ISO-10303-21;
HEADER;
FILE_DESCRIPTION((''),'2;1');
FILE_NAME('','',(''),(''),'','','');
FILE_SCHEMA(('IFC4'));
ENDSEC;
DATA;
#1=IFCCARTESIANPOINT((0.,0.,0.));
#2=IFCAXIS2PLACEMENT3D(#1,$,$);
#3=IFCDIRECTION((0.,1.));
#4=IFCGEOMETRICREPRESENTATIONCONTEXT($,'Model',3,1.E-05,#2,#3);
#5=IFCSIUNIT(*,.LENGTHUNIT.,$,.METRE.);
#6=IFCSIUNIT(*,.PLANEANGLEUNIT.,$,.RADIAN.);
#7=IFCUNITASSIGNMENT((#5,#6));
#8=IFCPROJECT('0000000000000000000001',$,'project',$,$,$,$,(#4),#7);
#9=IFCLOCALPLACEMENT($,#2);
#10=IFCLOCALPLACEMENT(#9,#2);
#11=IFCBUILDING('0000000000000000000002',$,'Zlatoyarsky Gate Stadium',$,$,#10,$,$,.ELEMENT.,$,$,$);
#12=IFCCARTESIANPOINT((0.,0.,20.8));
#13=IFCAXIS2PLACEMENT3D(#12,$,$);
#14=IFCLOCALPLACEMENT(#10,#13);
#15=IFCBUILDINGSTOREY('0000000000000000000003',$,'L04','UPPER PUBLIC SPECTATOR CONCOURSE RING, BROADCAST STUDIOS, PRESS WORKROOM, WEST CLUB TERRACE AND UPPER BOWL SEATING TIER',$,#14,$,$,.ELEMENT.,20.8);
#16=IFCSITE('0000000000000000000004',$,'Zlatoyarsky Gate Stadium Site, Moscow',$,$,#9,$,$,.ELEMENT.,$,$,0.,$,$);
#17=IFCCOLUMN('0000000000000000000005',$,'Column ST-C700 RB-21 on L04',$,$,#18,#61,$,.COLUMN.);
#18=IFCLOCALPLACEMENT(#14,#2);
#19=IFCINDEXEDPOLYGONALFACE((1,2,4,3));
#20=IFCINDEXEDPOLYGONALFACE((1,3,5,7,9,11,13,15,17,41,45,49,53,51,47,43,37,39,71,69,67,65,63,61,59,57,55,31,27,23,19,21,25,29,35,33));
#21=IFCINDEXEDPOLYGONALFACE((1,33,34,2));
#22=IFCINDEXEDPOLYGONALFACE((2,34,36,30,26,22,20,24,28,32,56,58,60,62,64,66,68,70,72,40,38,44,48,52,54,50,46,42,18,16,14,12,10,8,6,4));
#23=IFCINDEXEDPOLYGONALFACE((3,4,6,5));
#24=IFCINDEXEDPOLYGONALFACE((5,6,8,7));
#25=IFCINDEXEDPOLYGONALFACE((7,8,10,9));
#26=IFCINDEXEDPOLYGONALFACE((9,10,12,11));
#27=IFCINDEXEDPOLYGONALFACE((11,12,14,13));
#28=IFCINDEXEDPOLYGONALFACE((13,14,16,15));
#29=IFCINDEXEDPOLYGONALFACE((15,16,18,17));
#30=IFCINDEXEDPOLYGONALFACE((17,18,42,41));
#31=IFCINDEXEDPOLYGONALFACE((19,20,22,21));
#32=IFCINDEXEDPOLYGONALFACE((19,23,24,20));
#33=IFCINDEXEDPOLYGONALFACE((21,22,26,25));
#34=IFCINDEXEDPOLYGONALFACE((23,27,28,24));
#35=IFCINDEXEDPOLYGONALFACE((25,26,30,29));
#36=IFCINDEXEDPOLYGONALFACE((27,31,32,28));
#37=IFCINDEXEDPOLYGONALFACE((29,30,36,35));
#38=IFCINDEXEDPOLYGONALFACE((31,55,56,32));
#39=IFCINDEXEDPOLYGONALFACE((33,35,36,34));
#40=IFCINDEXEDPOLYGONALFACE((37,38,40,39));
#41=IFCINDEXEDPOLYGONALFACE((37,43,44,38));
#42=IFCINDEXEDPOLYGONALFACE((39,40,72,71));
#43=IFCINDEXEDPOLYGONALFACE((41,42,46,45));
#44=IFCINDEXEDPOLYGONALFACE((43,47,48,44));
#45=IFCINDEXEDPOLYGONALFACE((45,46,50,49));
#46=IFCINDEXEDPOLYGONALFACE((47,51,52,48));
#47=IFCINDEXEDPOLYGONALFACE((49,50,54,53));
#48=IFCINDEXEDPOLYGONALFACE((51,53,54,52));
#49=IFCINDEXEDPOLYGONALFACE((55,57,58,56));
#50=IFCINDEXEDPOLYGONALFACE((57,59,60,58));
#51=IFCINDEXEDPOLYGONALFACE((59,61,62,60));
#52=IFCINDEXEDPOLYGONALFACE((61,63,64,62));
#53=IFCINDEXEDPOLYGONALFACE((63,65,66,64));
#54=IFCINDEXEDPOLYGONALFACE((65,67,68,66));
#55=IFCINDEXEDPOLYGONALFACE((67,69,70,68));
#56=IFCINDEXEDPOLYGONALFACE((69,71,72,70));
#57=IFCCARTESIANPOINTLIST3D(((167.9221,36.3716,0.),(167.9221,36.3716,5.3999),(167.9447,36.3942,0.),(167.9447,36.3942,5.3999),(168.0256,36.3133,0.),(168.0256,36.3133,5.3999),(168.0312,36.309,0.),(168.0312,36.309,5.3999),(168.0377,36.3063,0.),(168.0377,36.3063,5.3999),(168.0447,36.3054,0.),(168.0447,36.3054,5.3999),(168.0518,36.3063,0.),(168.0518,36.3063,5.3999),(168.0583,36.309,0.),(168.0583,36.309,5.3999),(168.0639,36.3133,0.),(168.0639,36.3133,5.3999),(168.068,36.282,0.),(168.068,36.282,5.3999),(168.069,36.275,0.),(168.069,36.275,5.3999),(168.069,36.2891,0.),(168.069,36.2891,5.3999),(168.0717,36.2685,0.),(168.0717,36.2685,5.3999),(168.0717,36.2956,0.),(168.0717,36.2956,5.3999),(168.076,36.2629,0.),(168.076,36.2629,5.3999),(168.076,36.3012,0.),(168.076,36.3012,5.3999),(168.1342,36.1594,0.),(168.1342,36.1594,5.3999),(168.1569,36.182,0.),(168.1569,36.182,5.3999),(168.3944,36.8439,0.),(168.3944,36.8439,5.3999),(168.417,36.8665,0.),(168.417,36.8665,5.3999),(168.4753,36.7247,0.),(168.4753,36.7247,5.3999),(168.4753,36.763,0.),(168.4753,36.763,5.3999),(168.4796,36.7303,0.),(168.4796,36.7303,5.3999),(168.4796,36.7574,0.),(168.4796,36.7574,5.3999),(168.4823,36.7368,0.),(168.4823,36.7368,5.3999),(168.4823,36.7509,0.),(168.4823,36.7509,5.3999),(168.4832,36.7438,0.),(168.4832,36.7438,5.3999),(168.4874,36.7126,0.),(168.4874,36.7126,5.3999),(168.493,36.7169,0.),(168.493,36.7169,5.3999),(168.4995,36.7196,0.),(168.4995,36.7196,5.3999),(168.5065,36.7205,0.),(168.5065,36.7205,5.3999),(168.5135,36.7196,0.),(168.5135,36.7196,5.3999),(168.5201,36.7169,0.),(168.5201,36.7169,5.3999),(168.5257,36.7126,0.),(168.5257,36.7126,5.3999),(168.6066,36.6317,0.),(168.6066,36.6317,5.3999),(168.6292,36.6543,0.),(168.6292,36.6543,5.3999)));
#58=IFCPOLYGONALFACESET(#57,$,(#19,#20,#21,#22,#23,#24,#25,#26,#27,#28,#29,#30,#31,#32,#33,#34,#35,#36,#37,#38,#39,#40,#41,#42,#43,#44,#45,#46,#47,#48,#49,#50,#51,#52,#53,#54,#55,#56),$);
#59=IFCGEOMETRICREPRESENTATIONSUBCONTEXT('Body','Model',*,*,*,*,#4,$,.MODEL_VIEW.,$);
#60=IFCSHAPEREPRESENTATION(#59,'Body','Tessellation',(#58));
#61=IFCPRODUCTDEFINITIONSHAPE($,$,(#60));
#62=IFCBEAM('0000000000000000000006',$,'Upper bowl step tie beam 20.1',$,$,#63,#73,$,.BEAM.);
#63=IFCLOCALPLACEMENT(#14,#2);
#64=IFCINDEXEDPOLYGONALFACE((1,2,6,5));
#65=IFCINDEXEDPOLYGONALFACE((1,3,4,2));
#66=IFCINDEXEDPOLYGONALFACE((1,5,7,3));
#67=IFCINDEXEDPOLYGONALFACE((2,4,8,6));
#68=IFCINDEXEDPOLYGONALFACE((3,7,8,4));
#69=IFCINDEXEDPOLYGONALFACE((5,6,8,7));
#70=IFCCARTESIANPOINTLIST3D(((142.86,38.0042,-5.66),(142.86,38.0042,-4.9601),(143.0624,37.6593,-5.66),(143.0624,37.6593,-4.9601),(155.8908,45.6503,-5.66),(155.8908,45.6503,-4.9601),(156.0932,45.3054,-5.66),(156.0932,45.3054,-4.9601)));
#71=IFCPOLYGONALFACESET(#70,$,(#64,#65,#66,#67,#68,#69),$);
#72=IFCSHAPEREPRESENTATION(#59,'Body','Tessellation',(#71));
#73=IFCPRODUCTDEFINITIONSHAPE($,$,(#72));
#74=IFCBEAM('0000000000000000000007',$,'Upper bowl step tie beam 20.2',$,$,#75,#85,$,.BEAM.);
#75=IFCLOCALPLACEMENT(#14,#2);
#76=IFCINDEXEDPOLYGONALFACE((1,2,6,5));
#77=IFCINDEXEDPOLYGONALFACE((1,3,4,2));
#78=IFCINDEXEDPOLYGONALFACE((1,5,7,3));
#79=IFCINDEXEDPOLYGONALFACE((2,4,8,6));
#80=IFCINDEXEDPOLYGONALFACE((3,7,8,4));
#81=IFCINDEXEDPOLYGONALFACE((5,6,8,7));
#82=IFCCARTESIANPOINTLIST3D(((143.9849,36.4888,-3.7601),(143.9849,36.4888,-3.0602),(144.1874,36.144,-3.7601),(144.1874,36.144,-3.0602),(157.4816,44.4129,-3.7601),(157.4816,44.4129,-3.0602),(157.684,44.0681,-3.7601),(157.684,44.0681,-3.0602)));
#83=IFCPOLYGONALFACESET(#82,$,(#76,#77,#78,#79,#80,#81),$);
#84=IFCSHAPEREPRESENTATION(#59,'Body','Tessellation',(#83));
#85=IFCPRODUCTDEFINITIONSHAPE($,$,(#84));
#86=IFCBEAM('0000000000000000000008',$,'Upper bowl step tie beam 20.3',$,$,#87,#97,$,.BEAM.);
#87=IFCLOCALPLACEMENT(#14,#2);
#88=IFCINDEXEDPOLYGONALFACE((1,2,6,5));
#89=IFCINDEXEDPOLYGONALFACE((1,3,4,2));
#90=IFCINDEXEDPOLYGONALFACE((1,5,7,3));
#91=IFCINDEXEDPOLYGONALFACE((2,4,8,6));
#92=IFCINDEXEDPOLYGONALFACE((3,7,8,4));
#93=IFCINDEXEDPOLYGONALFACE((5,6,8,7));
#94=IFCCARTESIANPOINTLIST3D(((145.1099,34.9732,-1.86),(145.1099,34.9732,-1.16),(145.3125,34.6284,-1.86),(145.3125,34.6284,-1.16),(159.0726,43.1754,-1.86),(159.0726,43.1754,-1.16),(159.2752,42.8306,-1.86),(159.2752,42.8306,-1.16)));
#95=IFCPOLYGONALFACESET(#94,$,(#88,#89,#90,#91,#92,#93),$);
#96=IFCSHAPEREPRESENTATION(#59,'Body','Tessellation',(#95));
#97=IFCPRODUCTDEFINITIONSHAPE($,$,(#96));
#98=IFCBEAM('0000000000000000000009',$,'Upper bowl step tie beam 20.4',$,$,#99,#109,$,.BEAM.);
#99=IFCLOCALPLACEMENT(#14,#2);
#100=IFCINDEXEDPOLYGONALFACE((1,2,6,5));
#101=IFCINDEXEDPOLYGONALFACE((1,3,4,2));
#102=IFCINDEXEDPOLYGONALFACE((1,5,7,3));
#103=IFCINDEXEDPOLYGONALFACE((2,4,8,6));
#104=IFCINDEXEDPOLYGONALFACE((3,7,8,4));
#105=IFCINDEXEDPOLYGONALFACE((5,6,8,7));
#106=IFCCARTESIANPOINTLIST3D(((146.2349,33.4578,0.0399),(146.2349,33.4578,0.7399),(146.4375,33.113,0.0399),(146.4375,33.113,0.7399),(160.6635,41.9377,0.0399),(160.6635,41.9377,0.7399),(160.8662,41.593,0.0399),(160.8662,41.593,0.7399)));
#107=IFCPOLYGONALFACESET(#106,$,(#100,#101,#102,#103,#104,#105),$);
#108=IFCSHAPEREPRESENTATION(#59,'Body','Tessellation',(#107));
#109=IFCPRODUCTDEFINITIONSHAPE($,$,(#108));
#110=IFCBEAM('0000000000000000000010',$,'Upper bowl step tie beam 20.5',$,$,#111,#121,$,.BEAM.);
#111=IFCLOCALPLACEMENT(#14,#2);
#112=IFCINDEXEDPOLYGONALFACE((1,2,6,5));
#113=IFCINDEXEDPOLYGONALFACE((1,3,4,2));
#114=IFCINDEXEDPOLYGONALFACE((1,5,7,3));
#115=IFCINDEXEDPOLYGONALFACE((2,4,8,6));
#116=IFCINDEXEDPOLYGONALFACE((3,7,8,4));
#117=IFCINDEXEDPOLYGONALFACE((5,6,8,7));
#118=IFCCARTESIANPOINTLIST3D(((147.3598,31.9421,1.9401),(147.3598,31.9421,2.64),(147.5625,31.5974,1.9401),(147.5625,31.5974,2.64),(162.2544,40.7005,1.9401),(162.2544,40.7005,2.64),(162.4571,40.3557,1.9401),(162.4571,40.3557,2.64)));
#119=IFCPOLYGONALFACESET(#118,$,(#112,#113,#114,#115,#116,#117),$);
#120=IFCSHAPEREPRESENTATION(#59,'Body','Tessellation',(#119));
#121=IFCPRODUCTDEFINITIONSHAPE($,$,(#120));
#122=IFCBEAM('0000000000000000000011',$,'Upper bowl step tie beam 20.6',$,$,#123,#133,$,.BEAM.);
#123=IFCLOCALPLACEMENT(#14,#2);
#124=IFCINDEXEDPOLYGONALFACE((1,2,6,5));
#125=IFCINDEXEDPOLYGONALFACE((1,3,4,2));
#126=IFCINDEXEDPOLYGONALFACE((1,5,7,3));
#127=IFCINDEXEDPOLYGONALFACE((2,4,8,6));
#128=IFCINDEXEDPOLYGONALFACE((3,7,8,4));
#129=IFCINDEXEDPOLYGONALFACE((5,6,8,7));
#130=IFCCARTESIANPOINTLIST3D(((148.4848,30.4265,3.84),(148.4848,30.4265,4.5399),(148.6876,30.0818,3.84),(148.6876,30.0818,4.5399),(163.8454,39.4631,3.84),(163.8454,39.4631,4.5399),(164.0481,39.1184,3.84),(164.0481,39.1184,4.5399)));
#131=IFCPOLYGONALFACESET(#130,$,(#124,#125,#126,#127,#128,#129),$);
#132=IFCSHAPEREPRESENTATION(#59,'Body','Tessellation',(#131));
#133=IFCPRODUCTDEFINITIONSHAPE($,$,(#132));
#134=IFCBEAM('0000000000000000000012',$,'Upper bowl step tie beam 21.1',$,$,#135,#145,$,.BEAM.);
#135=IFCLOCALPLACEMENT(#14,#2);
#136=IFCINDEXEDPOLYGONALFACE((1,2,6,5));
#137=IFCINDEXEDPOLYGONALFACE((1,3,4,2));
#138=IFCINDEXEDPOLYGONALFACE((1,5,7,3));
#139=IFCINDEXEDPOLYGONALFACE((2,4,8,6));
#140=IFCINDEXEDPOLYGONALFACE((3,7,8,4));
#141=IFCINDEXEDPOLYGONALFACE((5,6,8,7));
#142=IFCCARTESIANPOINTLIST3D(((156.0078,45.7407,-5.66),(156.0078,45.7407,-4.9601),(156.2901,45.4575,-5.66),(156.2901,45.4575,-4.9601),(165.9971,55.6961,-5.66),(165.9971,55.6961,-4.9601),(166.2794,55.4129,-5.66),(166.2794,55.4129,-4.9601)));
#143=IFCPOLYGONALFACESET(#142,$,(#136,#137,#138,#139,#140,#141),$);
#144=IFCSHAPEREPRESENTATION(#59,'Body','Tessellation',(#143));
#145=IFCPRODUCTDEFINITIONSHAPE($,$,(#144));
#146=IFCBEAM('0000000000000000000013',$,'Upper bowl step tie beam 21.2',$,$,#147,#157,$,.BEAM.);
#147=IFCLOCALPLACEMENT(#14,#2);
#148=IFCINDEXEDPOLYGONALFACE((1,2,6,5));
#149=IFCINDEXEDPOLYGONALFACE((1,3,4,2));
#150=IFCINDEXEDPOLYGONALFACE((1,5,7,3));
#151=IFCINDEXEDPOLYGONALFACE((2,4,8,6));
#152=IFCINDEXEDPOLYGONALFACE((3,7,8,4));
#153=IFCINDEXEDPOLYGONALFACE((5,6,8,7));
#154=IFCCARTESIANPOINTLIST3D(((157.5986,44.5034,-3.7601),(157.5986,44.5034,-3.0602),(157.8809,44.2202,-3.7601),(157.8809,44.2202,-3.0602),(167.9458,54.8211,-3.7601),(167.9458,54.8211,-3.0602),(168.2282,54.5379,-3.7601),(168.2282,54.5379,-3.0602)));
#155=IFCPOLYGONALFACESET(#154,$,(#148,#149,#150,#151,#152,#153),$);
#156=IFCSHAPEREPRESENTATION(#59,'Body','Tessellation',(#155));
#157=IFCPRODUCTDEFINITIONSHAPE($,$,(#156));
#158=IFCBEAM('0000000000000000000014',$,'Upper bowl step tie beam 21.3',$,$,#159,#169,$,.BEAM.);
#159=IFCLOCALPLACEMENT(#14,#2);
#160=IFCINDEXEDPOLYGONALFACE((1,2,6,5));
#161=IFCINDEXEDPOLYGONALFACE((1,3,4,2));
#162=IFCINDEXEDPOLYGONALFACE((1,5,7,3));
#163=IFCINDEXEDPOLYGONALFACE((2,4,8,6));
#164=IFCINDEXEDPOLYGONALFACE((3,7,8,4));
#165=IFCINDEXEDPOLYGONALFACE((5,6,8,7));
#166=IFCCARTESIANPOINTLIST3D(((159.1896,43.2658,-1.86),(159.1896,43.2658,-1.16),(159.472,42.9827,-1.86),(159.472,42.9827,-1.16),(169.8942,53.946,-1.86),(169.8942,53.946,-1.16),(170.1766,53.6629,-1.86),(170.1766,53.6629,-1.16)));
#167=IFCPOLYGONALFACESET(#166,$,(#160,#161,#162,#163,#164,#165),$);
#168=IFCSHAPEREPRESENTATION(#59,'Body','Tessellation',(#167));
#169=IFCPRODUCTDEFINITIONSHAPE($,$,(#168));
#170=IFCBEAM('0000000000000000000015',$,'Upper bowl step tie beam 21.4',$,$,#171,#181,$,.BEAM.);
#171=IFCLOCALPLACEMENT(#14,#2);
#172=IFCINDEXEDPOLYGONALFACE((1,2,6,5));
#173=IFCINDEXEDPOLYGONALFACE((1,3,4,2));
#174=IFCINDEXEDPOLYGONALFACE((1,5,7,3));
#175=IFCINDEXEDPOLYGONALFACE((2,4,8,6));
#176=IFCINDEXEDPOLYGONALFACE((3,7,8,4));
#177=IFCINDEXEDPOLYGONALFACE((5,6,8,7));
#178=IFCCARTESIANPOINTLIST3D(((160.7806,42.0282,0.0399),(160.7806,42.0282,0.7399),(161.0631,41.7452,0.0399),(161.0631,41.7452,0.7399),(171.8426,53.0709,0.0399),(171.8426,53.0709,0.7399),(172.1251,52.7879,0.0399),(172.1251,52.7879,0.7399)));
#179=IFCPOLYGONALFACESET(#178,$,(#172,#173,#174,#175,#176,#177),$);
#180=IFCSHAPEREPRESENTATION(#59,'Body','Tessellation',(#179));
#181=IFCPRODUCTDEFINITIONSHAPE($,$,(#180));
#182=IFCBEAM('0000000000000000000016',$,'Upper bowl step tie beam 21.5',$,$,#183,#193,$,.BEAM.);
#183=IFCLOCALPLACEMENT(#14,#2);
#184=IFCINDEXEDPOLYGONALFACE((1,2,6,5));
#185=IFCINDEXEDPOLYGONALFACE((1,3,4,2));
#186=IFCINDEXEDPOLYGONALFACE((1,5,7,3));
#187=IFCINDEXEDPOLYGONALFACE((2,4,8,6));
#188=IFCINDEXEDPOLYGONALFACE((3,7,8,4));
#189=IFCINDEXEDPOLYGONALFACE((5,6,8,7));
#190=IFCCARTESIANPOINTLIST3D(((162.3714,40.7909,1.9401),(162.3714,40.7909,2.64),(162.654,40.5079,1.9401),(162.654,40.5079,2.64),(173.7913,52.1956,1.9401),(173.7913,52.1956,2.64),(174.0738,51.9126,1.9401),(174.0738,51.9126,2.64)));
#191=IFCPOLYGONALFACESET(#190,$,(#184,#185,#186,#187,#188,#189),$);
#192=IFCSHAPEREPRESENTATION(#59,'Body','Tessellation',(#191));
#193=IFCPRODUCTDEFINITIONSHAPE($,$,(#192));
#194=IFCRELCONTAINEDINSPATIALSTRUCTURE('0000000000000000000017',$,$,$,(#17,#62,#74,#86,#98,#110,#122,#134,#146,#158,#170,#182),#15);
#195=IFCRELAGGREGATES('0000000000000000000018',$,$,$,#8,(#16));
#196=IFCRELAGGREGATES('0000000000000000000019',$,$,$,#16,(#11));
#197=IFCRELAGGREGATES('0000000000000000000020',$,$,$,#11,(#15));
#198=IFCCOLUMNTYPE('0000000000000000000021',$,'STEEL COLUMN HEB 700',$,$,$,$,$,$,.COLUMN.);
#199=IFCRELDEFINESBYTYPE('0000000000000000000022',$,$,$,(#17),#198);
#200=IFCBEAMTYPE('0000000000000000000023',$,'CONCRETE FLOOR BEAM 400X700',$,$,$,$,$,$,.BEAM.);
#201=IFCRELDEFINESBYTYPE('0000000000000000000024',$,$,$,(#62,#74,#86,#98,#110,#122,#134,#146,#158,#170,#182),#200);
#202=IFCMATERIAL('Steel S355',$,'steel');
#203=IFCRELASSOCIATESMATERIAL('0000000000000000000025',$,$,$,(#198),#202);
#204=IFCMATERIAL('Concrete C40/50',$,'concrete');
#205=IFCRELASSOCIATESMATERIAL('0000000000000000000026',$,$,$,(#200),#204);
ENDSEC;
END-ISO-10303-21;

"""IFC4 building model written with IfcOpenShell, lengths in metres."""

from ifc_helpers import new_model, si_unit, direction, frame, origin, origin_2d, place, context, subcontext, project, spatial, rectangle, i_section, extrude, material, material_profile, profile_set, type_object, element, save


model = new_model("IFC4")

# Units and contexts
model_context = context("Model", 3, precision=1e-05, world=origin(), true_north=direction((0.0, 1.0)))
body_context = subcontext(model_context, "Body", "Model", "MODEL_VIEW")
ifc_project = project(units=[si_unit("LENGTHUNIT", "METRE"), si_unit("PLANEANGLEUNIT", "RADIAN")], contexts=[model_context])

# Site, building, storey
site_placement = place(None, origin())
site = spatial("IfcSite", under=ifc_project, at=site_placement, Name="Zlatoyarsky Gate Stadium Site, Moscow", CompositionType="ELEMENT", RefElevation=0.0)
building_placement = place(site_placement, origin())
building = spatial("IfcBuilding", under=site, at=building_placement, Name="Zlatoyarsky Gate Stadium", CompositionType="ELEMENT")
storey_placement = place(building_placement, frame((0.0, 0.0, 20.8)))
storey = spatial("IfcBuildingStorey", under=building, at=storey_placement, Name="L04", Description="UPPER PUBLIC SPECTATOR CONCOURSE RING, BROADCAST STUDIOS, PRESS WORKROOM, WEST CLUB TERRACE AND UPPER BOWL SEATING TIER", CompositionType="ELEMENT", Elevation=20.8)

# Column
ifc_material_1 = material(Name="Steel S355", Category="steel")
ifc_material_profile_1 = material_profile(ifc_material_1, i_section(OverallWidth=0.3, OverallDepth=0.7, WebThickness=0.0171, FlangeThickness=0.032, FilletRadius=0.0271, at=origin_2d()), Name="HEB 700")
ifc_profile_set_1 = profile_set([ifc_material_profile_1], Name="Steel S355")
column_type = type_object("IfcColumnType", Name="STEEL COLUMN HEB 700", PredefinedType="COLUMN", material=ifc_profile_set_1)
column_placement = place(storey_placement, frame((168.2756, 36.5129, 0.0), z_axis=(0.0, 0.0, 1.0), x_axis=(0.707107, -0.707107, 0.0)))
element("IfcColumn", 1, at=column_placement, inside=storey, type_object=column_type, Name="Column ST-C700 RB-21 on L04", PredefinedType="COLUMN", context=body_context, shape_type="SweptSolid", body=[
    extrude(i_section(OverallWidth=0.3, OverallDepth=0.7, WebThickness=0.0171, FlangeThickness=0.032, FilletRadius=0.0271, at=origin_2d()), origin(), (0.0, 0.0, 1.0), 5.3999),
])

# Beams
ifc_material_2 = material(Name="Concrete C40/50", Category="concrete")
ifc_material_profile_2 = material_profile(ifc_material_2, rectangle(XDim=0.3999, YDim=0.7, at=origin_2d()), Name="RC BEAM 400X700")
ifc_profile_set_2 = profile_set([ifc_material_profile_2], Name="Concrete C40/50")
beam_type_1 = type_object("IfcBeamType", Name="CONCRETE FLOOR BEAM 400X700", PredefinedType="BEAM", material=ifc_profile_set_2)
beam_1_placement = place(storey_placement, frame((142.9612, 37.8318, -5.3101), z_axis=(0.862488, 0.506078, 0.0), x_axis=(-0.506078, 0.862488, 0.0)))
element("IfcBeam", 2, at=beam_1_placement, inside=storey, type_object=beam_type_1, Name="Upper bowl step tie beam 20.1", PredefinedType="BEAM", context=body_context, shape_type="SweptSolid", body=[
    extrude(rectangle(XDim=0.3999, YDim=0.7, at=origin_2d()), origin(), (0.0, 0.0, 1.0), 15.1084),
])
beam_2_placement = place(storey_placement, frame((144.0862, 36.3164, -3.4102), z_axis=(0.862355, 0.506303, 0.0), x_axis=(-0.506303, 0.862355, 0.0)))
element("IfcBeam", 3, at=beam_2_placement, inside=storey, type_object=beam_type_1, Name="Upper bowl step tie beam 20.2", PredefinedType="BEAM", context=body_context, shape_type="SweptSolid", body=[
    extrude(rectangle(XDim=0.3999, YDim=0.7, at=origin_2d()), origin(), (0.0, 0.0, 1.0), 15.6509),
])
beam_3_placement = place(storey_placement, frame((145.2112, 34.8008, -1.51), z_axis=(0.862236, 0.506507, 0.0), x_axis=(-0.506507, 0.862236, 0.0)))
element("IfcBeam", 4, at=beam_3_placement, inside=storey, type_object=beam_type_1, Name="Upper bowl step tie beam 20.3", PredefinedType="BEAM", context=body_context, shape_type="SweptSolid", body=[
    extrude(rectangle(XDim=0.3999, YDim=0.7, at=origin_2d()), origin(), (0.0, 0.0, 1.0), 16.1936),
])
beam_4_placement = place(storey_placement, frame((146.3362, 33.2854, 0.3899), z_axis=(0.86213, 0.506687, 0.0), x_axis=(-0.506687, 0.86213, 0.0)))
element("IfcBeam", 5, at=beam_4_placement, inside=storey, type_object=beam_type_1, Name="Upper bowl step tie beam 20.4", PredefinedType="BEAM", context=body_context, shape_type="SweptSolid", body=[
    extrude(rectangle(XDim=0.3999, YDim=0.7, at=origin_2d()), origin(), (0.0, 0.0, 1.0), 16.7361),
])
beam_5_placement = place(storey_placement, frame((147.4612, 31.7698, 2.29), z_axis=(0.862015, 0.506883, 0.0), x_axis=(-0.506883, 0.862015, 0.0)))
element("IfcBeam", 6, at=beam_5_placement, inside=storey, type_object=beam_type_1, Name="Upper bowl step tie beam 20.5", PredefinedType="BEAM", context=body_context, shape_type="SweptSolid", body=[
    extrude(rectangle(XDim=0.3999, YDim=0.7, at=origin_2d()), origin(), (0.0, 0.0, 1.0), 17.2788),
])
beam_6_placement = place(storey_placement, frame((148.5862, 30.2542, 4.1899), z_axis=(0.86191, 0.507061, 0.0), x_axis=(-0.507061, 0.86191, 0.0)))
element("IfcBeam", 7, at=beam_6_placement, inside=storey, type_object=beam_type_1, Name="Upper bowl step tie beam 20.6", PredefinedType="BEAM", context=body_context, shape_type="SweptSolid", body=[
    extrude(rectangle(XDim=0.3999, YDim=0.7, at=origin_2d()), origin(), (0.0, 0.0, 1.0), 17.8215),
])
beam_7_placement = place(storey_placement, frame((156.1489, 45.5991, -5.3101), z_axis=(0.708309, 0.705903, 0.0), x_axis=(-0.705903, 0.708309, 0.0)))
element("IfcBeam", 8, at=beam_7_placement, inside=storey, type_object=beam_type_1, Name="Upper bowl step tie beam 21.1", PredefinedType="BEAM", context=body_context, shape_type="SweptSolid", body=[
    extrude(rectangle(XDim=0.3999, YDim=0.7, at=origin_2d()), origin(), (0.0, 0.0, 1.0), 14.103),
])
beam_8_placement = place(storey_placement, frame((157.7397, 44.3618, -3.4102), z_axis=(0.708117, 0.706095, 0.0), x_axis=(-0.706095, 0.708117, 0.0)))
element("IfcBeam", 9, at=beam_8_placement, inside=storey, type_object=beam_type_1, Name="Upper bowl step tie beam 21.2", PredefinedType="BEAM", context=body_context, shape_type="SweptSolid", body=[
    extrude(rectangle(XDim=0.3999, YDim=0.7, at=origin_2d()), origin(), (0.0, 0.0, 1.0), 14.6123),
])
beam_9_placement = place(storey_placement, frame((159.3308, 43.1243, -1.51), z_axis=(0.707914, 0.706299, 0.0), x_axis=(-0.706299, 0.707914, 0.0)))
element("IfcBeam", 10, at=beam_9_placement, inside=storey, type_object=beam_type_1, Name="Upper bowl step tie beam 21.3", PredefinedType="BEAM", context=body_context, shape_type="SweptSolid", body=[
    extrude(rectangle(XDim=0.3999, YDim=0.7, at=origin_2d()), origin(), (0.0, 0.0, 1.0), 15.1213),
])
beam_10_placement = place(storey_placement, frame((160.9219, 41.8867, 0.3899), z_axis=(0.707723, 0.70649, 0.0), x_axis=(-0.70649, 0.707723, 0.0)))
element("IfcBeam", 11, at=beam_10_placement, inside=storey, type_object=beam_type_1, Name="Upper bowl step tie beam 21.4", PredefinedType="BEAM", context=body_context, shape_type="SweptSolid", body=[
    extrude(rectangle(XDim=0.3999, YDim=0.7, at=origin_2d()), origin(), (0.0, 0.0, 1.0), 15.6304),
])
beam_11_placement = place(storey_placement, frame((162.5127, 40.6494, 2.29), z_axis=(0.707576, 0.706638, 0.0), x_axis=(-0.706638, 0.707576, 0.0)))
element("IfcBeam", 12, at=beam_11_placement, inside=storey, type_object=beam_type_1, Name="Upper bowl step tie beam 21.5", PredefinedType="BEAM", context=body_context, shape_type="SweptSolid", body=[
    extrude(rectangle(XDim=0.3999, YDim=0.7, at=origin_2d()), origin(), (0.0, 0.0, 1.0), 16.1394),
])

save(model, "model.ifc")
